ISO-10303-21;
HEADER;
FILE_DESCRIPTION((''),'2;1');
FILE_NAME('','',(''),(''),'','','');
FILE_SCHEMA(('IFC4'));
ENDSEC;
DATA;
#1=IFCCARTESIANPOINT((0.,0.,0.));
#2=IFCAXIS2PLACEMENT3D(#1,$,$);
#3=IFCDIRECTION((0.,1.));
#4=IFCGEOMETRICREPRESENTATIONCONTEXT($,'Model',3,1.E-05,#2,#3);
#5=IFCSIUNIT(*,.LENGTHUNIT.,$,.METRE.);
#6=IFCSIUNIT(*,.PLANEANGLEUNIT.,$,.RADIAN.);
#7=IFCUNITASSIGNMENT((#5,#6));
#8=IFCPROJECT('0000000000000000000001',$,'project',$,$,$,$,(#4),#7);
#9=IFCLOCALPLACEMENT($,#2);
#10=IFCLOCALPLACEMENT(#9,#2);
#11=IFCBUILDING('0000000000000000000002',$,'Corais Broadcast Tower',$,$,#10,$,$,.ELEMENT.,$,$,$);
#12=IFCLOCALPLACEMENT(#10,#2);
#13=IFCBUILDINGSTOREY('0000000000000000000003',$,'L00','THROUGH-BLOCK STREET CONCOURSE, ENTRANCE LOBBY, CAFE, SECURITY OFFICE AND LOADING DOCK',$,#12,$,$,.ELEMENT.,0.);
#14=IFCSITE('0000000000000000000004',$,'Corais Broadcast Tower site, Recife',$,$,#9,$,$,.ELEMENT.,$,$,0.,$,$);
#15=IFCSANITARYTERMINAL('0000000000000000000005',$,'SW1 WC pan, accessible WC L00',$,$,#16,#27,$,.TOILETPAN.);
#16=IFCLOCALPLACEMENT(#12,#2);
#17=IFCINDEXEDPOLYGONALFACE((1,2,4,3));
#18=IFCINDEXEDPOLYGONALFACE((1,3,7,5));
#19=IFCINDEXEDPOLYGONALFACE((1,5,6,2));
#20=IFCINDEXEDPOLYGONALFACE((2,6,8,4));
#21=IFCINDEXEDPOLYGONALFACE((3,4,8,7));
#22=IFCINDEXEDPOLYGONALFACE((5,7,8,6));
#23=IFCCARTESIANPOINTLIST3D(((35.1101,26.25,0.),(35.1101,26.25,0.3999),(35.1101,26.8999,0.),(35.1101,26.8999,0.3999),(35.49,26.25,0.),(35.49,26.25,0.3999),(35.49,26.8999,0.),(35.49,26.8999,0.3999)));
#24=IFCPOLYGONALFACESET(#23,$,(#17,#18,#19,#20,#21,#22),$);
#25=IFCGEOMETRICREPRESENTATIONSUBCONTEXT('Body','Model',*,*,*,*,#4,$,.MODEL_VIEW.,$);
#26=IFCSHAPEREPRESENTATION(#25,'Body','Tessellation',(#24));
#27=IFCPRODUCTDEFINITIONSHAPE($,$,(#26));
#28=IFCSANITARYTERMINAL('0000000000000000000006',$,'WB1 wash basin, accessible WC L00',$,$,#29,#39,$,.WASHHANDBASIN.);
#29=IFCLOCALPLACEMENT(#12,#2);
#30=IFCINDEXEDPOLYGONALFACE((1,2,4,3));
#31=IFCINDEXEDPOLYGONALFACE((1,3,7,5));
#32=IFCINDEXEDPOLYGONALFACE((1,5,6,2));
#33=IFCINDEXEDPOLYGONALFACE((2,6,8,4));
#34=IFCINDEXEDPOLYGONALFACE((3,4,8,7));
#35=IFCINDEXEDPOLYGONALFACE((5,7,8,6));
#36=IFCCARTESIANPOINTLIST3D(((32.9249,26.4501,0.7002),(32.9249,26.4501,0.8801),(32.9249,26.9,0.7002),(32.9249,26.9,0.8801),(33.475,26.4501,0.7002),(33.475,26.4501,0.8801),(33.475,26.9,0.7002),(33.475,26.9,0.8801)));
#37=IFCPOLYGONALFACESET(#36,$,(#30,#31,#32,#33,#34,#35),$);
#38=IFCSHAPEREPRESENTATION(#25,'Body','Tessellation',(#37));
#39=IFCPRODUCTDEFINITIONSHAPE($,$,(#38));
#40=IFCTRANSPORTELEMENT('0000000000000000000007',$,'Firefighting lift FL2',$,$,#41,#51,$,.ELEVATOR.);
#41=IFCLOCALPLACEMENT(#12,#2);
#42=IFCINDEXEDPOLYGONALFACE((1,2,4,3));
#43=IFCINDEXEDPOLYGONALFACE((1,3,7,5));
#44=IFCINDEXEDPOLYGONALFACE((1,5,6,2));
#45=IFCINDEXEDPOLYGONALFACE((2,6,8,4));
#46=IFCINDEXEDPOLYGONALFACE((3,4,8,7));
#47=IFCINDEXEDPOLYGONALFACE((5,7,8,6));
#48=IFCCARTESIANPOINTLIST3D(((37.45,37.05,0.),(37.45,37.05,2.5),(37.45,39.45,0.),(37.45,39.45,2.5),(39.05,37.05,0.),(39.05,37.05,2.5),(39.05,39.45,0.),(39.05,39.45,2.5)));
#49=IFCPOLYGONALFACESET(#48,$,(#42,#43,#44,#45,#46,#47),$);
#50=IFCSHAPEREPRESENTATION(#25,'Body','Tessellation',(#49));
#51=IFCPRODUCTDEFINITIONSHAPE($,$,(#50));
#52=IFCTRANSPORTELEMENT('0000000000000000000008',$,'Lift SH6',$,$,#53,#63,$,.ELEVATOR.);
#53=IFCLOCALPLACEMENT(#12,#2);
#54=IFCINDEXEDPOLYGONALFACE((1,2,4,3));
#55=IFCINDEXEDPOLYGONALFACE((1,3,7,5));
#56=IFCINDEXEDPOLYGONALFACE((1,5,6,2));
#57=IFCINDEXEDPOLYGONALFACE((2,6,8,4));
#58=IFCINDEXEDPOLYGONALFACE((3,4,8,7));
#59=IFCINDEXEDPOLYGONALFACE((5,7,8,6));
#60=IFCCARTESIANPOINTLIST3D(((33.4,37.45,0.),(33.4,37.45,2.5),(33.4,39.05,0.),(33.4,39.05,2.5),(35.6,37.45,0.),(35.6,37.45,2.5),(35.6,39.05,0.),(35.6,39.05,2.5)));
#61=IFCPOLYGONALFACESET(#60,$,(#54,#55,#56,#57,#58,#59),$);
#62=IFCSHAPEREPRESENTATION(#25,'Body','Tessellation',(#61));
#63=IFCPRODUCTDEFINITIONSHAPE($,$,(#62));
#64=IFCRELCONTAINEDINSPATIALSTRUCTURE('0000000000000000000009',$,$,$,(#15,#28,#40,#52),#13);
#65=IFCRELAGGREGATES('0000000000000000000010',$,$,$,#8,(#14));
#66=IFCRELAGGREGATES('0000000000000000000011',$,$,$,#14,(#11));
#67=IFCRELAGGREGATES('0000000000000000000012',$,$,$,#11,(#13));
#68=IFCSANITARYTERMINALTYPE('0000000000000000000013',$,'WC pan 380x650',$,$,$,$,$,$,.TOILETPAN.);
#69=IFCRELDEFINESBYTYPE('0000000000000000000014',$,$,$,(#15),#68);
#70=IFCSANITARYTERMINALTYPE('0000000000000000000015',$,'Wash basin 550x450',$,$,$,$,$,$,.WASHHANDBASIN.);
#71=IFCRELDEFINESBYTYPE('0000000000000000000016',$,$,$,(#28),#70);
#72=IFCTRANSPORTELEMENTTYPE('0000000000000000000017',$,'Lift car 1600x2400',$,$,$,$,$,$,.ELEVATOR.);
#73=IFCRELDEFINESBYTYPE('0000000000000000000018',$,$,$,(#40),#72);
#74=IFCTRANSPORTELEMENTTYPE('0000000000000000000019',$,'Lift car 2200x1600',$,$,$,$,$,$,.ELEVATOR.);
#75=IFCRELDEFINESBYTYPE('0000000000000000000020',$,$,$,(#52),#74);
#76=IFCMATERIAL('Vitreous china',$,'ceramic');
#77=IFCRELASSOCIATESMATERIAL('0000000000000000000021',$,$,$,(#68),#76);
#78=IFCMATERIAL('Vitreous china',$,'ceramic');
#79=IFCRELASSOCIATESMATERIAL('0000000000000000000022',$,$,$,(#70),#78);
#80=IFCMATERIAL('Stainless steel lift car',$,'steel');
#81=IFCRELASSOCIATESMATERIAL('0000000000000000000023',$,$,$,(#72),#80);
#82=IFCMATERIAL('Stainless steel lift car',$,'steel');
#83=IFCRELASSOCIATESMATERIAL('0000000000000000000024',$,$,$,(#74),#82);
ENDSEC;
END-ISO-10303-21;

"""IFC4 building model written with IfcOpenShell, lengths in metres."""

from ifc_helpers import new_model, si_unit, direction, frame, origin, origin_2d, place, context, subcontext, project, spatial, rectangle, extrude, material, type_object, element, save


model = new_model("IFC4")

# Units and contexts
model_context = context("Model", 3, precision=1e-05, world=origin(), true_north=direction((0.0, 1.0)))
body_context = subcontext(model_context, "Body", "Model", "MODEL_VIEW")
ifc_project = project(units=[si_unit("LENGTHUNIT", "METRE"), si_unit("PLANEANGLEUNIT", "RADIAN")], contexts=[model_context])

# Site, building, storey
site_placement = place(None, origin())
site = spatial("IfcSite", under=ifc_project, at=site_placement, Name="Corais Broadcast Tower site, Recife", CompositionType="ELEMENT", RefElevation=0.0)
building_placement = place(site_placement, origin())
building = spatial("IfcBuilding", under=site, at=building_placement, Name="Corais Broadcast Tower", CompositionType="ELEMENT")
storey_placement = place(building_placement, origin())
storey = spatial("IfcBuildingStorey", under=building, at=storey_placement, Name="L00", Description="THROUGH-BLOCK STREET CONCOURSE, ENTRANCE LOBBY, CAFE, SECURITY OFFICE AND LOADING DOCK", CompositionType="ELEMENT", Elevation=0.0)

# Sanitary terminals
ifc_material_1 = material(Name="Vitreous china", Category="ceramic")
sanitary_terminal_type_1 = type_object("IfcSanitaryTerminalType", Name="WC pan 380x650", PredefinedType="TOILETPAN", material=ifc_material_1)
sanitary_terminal_1_placement = place(storey_placement, frame((35.3, 26.575, 0.0), z_axis=(0.0, 0.0, 1.0), x_axis=(1.0, 0.0, 0.0)))
element("IfcSanitaryTerminal", 1, at=sanitary_terminal_1_placement, inside=storey, type_object=sanitary_terminal_type_1, Name="SW1 WC pan, accessible WC L00", PredefinedType="TOILETPAN", context=body_context, shape_type="SweptSolid", body=[
    extrude(rectangle(XDim=0.3799, YDim=0.6499, at=origin_2d()), origin(), (0.0, 0.0, 1.0), 0.3999),
])
ifc_material_2 = material(Name="Vitreous china", Category="ceramic")
sanitary_terminal_type_2 = type_object("IfcSanitaryTerminalType", Name="Wash basin 550x450", PredefinedType="WASHHANDBASIN", material=ifc_material_2)
sanitary_terminal_2_placement = place(storey_placement, frame((33.2, 26.675, 0.7002), z_axis=(0.0, 0.0, 1.0), x_axis=(1.0, 0.0, 0.0)))
element("IfcSanitaryTerminal", 2, at=sanitary_terminal_2_placement, inside=storey, type_object=sanitary_terminal_type_2, Name="WB1 wash basin, accessible WC L00", PredefinedType="WASHHANDBASIN", context=body_context, shape_type="SweptSolid", body=[
    extrude(rectangle(XDim=0.55, YDim=0.45, at=origin_2d()), origin(), (0.0, 0.0, 1.0), 0.1799),
])

# Transport elements
ifc_material_3 = material(Name="Stainless steel lift car", Category="steel")
transport_element_type_1 = type_object("IfcTransportElementType", Name="Lift car 1600x2400", PredefinedType="ELEVATOR", material=ifc_material_3)
transport_element_1_placement = place(storey_placement, frame((38.25, 38.25, 0.0), z_axis=(0.0, 0.0, 1.0), x_axis=(1.0, 0.0, 0.0)))
element("IfcTransportElement", 3, at=transport_element_1_placement, inside=storey, type_object=transport_element_type_1, Name="Firefighting lift FL2", PredefinedType="ELEVATOR", context=body_context, shape_type="SweptSolid", body=[
    extrude(rectangle(XDim=1.6001, YDim=2.3999, at=origin_2d()), origin(), (0.0, 0.0, 1.0), 2.5),
])
ifc_material_4 = material(Name="Stainless steel lift car", Category="steel")
transport_element_type_2 = type_object("IfcTransportElementType", Name="Lift car 2200x1600", PredefinedType="ELEVATOR", material=ifc_material_4)
transport_element_2_placement = place(storey_placement, frame((34.5, 38.25, 0.0), z_axis=(0.0, 0.0, 1.0), x_axis=(1.0, 0.0, 0.0)))
element("IfcTransportElement", 4, at=transport_element_2_placement, inside=storey, type_object=transport_element_type_2, Name="Lift SH6", PredefinedType="ELEVATOR", context=body_context, shape_type="SweptSolid", body=[
    extrude(rectangle(XDim=2.2, YDim=1.6001, at=origin_2d()), origin(), (0.0, 0.0, 1.0), 2.5),
])

save(model, "model.ifc")
